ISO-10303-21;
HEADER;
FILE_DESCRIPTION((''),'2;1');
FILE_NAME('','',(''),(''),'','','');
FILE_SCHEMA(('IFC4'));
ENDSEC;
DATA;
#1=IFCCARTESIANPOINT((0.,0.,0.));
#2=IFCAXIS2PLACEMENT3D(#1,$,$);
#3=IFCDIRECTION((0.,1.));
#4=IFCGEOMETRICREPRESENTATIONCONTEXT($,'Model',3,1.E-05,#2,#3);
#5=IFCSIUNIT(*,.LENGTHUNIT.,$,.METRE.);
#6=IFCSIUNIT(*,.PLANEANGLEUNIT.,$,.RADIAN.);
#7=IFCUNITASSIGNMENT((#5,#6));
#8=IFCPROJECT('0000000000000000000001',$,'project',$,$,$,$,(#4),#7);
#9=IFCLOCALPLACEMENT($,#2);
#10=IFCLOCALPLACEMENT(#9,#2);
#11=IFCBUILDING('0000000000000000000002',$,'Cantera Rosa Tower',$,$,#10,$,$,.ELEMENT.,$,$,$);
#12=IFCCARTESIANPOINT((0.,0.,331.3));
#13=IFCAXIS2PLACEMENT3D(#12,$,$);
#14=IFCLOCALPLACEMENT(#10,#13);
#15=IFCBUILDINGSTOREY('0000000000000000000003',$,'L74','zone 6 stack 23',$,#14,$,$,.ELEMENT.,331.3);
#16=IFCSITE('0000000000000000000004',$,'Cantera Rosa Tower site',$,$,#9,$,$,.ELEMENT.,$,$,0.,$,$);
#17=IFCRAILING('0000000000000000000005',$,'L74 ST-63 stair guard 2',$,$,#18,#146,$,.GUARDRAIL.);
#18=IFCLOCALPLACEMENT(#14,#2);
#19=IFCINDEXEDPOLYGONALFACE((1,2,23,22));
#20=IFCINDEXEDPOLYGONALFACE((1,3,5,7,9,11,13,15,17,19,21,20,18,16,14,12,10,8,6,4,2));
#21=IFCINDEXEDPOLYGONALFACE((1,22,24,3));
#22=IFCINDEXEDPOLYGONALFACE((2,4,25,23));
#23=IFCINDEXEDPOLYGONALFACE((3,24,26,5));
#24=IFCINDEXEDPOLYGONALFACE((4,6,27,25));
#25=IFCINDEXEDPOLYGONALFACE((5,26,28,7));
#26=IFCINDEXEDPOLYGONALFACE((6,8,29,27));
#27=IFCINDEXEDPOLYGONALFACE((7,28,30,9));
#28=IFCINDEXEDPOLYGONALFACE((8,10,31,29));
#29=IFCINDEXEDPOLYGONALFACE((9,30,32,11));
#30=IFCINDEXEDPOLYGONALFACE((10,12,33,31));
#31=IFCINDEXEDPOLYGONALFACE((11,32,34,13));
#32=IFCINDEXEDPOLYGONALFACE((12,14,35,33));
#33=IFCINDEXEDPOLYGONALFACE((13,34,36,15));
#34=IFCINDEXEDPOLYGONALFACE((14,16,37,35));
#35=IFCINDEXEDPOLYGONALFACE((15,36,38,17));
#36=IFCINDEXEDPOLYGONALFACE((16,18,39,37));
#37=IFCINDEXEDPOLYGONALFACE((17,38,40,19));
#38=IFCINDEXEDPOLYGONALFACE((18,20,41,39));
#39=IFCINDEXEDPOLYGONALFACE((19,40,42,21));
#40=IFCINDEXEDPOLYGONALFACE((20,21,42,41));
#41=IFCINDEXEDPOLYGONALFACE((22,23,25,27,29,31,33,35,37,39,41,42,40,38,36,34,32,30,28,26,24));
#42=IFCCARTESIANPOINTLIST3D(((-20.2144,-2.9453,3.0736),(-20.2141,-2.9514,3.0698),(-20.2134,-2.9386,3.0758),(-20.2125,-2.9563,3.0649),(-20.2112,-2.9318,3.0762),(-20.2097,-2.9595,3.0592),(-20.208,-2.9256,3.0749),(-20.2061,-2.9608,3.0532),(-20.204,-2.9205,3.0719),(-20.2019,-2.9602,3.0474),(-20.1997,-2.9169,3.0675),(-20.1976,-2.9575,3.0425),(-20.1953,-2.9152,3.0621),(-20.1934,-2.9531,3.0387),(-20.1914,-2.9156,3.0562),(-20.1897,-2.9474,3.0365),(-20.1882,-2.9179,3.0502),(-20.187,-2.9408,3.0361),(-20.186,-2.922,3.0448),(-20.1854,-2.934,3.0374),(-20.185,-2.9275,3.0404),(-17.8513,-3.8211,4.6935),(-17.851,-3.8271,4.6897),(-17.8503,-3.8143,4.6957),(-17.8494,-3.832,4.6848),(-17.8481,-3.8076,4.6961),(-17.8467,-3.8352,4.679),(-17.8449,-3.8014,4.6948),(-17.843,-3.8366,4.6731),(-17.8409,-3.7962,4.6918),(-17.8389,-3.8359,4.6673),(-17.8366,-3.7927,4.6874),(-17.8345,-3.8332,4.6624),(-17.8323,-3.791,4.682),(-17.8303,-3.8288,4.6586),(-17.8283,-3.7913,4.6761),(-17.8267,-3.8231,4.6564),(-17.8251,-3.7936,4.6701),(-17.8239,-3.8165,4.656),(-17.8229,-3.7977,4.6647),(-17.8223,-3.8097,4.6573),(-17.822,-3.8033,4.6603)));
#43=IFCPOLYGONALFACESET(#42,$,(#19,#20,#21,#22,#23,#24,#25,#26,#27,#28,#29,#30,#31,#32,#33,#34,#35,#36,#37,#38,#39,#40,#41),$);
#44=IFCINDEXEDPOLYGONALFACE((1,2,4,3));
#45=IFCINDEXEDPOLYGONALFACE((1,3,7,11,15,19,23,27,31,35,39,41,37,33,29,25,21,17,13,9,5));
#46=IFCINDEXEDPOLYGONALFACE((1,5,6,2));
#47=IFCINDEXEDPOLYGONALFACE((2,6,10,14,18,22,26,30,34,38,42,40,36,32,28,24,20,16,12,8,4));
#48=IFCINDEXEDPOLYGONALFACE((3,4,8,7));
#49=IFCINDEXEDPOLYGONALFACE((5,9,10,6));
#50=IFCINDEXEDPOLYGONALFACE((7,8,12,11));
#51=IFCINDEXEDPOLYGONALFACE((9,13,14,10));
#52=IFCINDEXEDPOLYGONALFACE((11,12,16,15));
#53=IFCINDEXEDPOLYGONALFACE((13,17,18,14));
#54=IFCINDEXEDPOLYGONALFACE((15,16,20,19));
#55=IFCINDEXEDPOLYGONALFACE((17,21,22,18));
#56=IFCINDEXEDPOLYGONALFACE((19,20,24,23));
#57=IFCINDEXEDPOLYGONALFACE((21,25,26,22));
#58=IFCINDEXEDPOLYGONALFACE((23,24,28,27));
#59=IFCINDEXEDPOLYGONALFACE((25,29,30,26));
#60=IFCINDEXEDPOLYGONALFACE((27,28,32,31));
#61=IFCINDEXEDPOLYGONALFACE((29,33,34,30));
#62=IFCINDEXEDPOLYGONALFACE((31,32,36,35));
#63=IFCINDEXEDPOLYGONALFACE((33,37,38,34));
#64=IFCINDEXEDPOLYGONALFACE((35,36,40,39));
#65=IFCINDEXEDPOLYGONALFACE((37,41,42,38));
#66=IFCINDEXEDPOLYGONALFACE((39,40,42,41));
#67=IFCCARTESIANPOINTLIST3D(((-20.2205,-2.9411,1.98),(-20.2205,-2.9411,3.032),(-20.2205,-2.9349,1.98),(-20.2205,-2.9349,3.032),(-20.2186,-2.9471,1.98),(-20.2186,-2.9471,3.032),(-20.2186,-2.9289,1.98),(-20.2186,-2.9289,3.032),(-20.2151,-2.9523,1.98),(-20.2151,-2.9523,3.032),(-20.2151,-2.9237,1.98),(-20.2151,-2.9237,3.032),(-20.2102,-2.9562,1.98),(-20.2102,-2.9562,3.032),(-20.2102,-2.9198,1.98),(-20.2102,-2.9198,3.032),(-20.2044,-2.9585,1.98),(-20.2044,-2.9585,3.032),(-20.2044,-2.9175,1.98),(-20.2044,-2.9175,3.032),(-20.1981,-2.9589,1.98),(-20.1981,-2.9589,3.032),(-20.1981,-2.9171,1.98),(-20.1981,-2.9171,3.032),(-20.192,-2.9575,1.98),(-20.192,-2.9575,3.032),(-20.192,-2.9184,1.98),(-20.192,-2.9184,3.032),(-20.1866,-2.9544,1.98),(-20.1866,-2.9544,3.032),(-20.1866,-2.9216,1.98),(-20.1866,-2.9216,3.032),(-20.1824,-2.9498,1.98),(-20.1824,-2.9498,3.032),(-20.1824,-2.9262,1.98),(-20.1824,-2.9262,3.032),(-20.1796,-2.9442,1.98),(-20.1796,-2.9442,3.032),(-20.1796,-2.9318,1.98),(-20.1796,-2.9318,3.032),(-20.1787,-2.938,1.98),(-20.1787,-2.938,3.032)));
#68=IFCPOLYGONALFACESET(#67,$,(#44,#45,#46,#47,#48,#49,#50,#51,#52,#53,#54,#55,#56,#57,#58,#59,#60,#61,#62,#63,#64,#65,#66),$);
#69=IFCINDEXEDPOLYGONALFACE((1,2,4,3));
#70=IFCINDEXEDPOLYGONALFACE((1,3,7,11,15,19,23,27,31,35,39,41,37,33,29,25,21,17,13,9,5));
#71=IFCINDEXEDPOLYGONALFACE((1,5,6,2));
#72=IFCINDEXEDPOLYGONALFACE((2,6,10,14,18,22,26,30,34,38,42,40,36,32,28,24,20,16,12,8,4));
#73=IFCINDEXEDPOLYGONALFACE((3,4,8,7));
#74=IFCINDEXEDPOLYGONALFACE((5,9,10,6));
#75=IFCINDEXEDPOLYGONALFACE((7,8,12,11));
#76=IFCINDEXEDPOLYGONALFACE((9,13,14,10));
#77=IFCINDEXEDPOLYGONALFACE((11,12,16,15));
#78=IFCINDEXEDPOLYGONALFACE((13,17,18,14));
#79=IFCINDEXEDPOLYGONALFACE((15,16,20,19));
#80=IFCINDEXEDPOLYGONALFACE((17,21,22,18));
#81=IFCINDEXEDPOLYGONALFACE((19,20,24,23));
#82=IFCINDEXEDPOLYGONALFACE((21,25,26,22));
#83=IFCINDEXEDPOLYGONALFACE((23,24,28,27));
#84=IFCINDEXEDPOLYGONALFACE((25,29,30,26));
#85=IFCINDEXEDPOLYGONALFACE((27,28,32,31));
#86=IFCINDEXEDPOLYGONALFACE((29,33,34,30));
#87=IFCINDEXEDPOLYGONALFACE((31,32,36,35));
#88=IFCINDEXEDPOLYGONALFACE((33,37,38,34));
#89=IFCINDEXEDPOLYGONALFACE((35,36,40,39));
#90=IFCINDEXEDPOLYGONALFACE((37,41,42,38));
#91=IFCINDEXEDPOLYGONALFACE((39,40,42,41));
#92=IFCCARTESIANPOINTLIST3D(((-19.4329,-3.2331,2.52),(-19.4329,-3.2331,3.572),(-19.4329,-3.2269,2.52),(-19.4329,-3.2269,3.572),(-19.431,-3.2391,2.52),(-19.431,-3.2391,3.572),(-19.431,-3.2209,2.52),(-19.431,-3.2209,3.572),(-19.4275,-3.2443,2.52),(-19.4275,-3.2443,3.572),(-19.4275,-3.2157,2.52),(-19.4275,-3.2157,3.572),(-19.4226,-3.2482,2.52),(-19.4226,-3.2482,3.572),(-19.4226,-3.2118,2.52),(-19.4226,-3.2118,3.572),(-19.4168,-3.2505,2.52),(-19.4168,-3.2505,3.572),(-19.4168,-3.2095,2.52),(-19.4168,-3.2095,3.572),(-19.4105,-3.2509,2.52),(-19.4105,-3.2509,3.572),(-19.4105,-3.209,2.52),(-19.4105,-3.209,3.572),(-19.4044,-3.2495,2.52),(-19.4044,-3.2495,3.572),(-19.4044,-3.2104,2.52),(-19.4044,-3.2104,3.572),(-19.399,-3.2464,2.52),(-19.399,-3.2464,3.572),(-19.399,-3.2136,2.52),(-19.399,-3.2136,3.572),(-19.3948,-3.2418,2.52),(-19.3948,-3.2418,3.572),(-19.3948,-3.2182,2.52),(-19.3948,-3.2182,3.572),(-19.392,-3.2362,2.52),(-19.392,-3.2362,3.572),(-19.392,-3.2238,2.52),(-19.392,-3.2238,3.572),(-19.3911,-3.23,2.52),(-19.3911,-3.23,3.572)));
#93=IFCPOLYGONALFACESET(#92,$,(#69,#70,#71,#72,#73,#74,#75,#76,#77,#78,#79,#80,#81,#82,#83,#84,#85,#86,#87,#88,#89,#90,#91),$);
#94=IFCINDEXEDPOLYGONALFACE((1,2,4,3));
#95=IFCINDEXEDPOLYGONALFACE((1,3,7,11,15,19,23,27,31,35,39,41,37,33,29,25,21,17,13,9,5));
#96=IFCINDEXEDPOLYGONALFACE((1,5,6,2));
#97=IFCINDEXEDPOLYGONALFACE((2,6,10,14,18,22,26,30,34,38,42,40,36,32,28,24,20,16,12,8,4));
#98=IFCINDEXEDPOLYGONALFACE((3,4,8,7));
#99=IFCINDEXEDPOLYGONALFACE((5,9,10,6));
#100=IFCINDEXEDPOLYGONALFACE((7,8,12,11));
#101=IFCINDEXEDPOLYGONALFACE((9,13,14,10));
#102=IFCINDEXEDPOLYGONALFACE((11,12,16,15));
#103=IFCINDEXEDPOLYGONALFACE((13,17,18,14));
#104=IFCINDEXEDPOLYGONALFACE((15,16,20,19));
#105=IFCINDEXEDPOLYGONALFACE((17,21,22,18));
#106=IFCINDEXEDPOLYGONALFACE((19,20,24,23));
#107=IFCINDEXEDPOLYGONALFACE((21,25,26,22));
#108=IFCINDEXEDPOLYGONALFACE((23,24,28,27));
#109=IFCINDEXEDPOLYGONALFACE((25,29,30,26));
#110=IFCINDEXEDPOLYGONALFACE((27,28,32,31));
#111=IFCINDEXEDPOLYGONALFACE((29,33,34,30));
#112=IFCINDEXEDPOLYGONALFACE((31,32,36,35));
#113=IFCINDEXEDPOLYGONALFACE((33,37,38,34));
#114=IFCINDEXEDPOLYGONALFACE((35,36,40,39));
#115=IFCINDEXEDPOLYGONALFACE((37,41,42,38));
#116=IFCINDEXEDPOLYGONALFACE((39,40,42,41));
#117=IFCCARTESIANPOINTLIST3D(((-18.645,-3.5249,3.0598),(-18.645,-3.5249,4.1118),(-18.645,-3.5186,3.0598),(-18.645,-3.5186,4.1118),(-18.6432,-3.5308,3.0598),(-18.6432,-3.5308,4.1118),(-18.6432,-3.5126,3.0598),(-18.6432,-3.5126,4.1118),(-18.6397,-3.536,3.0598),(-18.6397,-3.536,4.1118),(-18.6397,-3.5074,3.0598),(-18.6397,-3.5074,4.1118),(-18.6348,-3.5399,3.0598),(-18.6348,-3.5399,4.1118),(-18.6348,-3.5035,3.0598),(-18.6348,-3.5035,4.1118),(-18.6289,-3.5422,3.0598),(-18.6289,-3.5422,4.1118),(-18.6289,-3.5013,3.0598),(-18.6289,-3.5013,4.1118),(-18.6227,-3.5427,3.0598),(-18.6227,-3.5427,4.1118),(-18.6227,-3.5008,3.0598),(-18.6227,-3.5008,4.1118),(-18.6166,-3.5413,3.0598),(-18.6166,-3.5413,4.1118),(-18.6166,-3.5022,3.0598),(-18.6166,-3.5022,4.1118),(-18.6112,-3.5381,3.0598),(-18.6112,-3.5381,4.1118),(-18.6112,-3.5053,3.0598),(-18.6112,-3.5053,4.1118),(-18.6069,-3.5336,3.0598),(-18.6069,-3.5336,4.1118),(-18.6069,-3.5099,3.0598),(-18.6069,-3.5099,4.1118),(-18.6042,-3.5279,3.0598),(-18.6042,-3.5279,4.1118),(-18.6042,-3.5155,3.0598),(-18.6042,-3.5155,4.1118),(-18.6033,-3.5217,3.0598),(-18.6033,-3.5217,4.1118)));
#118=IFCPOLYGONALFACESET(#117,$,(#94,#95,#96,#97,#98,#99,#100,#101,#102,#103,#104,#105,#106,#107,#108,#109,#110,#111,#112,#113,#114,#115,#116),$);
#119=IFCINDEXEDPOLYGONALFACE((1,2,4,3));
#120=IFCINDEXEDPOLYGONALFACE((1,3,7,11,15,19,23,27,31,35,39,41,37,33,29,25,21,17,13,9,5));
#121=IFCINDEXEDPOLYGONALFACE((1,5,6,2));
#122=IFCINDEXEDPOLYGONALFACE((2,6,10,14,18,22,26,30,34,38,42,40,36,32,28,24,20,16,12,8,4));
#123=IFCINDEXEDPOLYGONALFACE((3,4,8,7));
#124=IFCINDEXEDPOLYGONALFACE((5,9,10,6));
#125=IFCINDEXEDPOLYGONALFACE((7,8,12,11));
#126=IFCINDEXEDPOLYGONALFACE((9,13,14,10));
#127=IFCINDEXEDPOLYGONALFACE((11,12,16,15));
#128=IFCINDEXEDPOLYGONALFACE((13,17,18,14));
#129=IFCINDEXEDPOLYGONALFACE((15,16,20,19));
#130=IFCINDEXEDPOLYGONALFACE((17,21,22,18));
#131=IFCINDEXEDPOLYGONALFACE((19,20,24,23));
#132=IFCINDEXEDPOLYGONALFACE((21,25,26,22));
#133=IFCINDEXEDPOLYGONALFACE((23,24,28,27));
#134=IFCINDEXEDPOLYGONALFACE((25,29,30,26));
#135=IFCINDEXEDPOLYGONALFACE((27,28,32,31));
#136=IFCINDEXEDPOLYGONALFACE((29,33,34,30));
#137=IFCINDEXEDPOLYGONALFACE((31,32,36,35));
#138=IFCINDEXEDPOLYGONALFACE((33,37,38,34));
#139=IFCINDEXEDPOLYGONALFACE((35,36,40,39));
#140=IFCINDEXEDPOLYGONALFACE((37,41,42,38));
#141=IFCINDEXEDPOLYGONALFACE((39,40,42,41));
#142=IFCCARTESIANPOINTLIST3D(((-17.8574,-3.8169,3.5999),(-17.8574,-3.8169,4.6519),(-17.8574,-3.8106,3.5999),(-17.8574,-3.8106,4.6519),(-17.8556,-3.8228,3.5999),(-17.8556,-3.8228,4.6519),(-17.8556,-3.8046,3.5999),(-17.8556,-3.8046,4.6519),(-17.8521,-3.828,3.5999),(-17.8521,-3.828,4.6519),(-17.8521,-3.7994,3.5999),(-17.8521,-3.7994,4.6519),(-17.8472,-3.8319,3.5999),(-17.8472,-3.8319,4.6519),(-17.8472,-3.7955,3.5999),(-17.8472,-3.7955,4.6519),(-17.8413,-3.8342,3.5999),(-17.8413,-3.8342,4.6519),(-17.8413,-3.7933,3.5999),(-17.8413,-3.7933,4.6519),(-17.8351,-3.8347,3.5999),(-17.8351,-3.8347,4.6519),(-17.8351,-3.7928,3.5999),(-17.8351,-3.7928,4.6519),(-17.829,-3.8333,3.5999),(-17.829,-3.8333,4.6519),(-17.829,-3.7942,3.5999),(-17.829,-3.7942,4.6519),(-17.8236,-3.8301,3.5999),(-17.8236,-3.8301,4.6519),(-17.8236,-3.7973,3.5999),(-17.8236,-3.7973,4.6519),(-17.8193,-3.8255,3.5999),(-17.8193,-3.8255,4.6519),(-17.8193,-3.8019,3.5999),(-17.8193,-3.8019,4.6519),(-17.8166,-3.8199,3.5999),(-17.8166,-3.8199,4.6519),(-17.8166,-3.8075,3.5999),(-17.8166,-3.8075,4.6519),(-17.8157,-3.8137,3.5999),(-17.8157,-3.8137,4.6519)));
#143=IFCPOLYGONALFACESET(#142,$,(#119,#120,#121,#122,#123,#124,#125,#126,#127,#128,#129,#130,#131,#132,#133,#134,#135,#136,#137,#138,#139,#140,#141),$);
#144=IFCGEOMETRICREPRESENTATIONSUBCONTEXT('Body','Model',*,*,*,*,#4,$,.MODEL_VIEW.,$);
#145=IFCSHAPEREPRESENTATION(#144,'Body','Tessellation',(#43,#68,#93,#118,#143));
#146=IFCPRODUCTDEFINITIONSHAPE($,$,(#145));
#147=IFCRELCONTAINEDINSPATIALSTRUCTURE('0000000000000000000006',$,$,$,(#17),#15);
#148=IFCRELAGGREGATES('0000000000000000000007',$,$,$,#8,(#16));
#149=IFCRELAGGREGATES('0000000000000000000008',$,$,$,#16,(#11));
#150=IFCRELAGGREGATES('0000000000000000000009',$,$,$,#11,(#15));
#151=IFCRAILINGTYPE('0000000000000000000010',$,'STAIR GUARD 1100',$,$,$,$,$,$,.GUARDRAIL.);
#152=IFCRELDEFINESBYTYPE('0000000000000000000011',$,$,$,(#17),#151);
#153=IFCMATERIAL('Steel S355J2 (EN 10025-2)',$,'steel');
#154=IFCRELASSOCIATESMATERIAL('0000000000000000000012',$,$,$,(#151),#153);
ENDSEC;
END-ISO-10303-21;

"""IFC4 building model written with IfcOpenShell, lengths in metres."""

from ifc_helpers import new_model, si_unit, direction, frame, origin, origin_2d, place, context, subcontext, project, spatial, circle, extrude, material, type_object, element, save


model = new_model("IFC4")

# Units and contexts
model_context = context("Model", 3, precision=1e-05, world=origin(), true_north=direction((0.0, 1.0)))
body_context = subcontext(model_context, "Body", "Model", "MODEL_VIEW")
ifc_project = project(units=[si_unit("LENGTHUNIT", "METRE"), si_unit("PLANEANGLEUNIT", "RADIAN")], contexts=[model_context])

# Site, building, storey
site_placement = place(None, origin())
site = spatial("IfcSite", under=ifc_project, at=site_placement, Name="Cantera Rosa Tower site", CompositionType="ELEMENT", RefElevation=0.0)
building_placement = place(site_placement, origin())
building = spatial("IfcBuilding", under=site, at=building_placement, Name="Cantera Rosa Tower", CompositionType="ELEMENT")
storey_placement = place(building_placement, frame((0.0, 0.0, 331.3)))
storey = spatial("IfcBuildingStorey", under=building, at=storey_placement, Name="L74", Description="zone 6 stack 23", CompositionType="ELEMENT", Elevation=331.3)

# Railing
ifc_material_1 = material(Name="Steel S355J2 (EN 10025-2)", Category="steel")
railing_type_1 = type_object("IfcRailingType", Name="STAIR GUARD 1100", PredefinedType="GUARDRAIL", material=ifc_material_1)
railing_1_placement = place(storey_placement, frame((-20.1997, -2.938, 1.98)))
element("IfcRailing", 1, at=railing_1_placement, inside=storey, type_object=railing_type_1, Name="L74 ST-63 stair guard 2", PredefinedType="GUARDRAIL", context=body_context, shape_type="SweptSolid", body=[
    extrude(circle(Radius=0.0239, at=origin_2d()), frame((0.0, 0.0, 1.0762), z_axis=(0.788782, -0.29232, 0.540714), x_axis=(0.347501, 0.93768, 0.0)), (0.0, 0.0, 1.0), 2.9958),
    extrude(circle(Radius=0.021, at=origin_2d()), origin(), (0.0, 0.0, 1.0), 1.052),
    extrude(circle(Radius=0.021, at=origin_2d()), frame((0.7876, -0.292, 0.54)), (0.0, 0.0, 1.0), 1.052),
    extrude(circle(Radius=0.021, at=origin_2d()), frame((1.5754, -0.5837, 1.0798)), (0.0, 0.0, 1.0), 1.052),
    extrude(circle(Radius=0.021, at=origin_2d()), frame((2.363, -0.8757, 1.6199)), (0.0, 0.0, 1.0), 1.052),
])

save(model, "model.ifc")
